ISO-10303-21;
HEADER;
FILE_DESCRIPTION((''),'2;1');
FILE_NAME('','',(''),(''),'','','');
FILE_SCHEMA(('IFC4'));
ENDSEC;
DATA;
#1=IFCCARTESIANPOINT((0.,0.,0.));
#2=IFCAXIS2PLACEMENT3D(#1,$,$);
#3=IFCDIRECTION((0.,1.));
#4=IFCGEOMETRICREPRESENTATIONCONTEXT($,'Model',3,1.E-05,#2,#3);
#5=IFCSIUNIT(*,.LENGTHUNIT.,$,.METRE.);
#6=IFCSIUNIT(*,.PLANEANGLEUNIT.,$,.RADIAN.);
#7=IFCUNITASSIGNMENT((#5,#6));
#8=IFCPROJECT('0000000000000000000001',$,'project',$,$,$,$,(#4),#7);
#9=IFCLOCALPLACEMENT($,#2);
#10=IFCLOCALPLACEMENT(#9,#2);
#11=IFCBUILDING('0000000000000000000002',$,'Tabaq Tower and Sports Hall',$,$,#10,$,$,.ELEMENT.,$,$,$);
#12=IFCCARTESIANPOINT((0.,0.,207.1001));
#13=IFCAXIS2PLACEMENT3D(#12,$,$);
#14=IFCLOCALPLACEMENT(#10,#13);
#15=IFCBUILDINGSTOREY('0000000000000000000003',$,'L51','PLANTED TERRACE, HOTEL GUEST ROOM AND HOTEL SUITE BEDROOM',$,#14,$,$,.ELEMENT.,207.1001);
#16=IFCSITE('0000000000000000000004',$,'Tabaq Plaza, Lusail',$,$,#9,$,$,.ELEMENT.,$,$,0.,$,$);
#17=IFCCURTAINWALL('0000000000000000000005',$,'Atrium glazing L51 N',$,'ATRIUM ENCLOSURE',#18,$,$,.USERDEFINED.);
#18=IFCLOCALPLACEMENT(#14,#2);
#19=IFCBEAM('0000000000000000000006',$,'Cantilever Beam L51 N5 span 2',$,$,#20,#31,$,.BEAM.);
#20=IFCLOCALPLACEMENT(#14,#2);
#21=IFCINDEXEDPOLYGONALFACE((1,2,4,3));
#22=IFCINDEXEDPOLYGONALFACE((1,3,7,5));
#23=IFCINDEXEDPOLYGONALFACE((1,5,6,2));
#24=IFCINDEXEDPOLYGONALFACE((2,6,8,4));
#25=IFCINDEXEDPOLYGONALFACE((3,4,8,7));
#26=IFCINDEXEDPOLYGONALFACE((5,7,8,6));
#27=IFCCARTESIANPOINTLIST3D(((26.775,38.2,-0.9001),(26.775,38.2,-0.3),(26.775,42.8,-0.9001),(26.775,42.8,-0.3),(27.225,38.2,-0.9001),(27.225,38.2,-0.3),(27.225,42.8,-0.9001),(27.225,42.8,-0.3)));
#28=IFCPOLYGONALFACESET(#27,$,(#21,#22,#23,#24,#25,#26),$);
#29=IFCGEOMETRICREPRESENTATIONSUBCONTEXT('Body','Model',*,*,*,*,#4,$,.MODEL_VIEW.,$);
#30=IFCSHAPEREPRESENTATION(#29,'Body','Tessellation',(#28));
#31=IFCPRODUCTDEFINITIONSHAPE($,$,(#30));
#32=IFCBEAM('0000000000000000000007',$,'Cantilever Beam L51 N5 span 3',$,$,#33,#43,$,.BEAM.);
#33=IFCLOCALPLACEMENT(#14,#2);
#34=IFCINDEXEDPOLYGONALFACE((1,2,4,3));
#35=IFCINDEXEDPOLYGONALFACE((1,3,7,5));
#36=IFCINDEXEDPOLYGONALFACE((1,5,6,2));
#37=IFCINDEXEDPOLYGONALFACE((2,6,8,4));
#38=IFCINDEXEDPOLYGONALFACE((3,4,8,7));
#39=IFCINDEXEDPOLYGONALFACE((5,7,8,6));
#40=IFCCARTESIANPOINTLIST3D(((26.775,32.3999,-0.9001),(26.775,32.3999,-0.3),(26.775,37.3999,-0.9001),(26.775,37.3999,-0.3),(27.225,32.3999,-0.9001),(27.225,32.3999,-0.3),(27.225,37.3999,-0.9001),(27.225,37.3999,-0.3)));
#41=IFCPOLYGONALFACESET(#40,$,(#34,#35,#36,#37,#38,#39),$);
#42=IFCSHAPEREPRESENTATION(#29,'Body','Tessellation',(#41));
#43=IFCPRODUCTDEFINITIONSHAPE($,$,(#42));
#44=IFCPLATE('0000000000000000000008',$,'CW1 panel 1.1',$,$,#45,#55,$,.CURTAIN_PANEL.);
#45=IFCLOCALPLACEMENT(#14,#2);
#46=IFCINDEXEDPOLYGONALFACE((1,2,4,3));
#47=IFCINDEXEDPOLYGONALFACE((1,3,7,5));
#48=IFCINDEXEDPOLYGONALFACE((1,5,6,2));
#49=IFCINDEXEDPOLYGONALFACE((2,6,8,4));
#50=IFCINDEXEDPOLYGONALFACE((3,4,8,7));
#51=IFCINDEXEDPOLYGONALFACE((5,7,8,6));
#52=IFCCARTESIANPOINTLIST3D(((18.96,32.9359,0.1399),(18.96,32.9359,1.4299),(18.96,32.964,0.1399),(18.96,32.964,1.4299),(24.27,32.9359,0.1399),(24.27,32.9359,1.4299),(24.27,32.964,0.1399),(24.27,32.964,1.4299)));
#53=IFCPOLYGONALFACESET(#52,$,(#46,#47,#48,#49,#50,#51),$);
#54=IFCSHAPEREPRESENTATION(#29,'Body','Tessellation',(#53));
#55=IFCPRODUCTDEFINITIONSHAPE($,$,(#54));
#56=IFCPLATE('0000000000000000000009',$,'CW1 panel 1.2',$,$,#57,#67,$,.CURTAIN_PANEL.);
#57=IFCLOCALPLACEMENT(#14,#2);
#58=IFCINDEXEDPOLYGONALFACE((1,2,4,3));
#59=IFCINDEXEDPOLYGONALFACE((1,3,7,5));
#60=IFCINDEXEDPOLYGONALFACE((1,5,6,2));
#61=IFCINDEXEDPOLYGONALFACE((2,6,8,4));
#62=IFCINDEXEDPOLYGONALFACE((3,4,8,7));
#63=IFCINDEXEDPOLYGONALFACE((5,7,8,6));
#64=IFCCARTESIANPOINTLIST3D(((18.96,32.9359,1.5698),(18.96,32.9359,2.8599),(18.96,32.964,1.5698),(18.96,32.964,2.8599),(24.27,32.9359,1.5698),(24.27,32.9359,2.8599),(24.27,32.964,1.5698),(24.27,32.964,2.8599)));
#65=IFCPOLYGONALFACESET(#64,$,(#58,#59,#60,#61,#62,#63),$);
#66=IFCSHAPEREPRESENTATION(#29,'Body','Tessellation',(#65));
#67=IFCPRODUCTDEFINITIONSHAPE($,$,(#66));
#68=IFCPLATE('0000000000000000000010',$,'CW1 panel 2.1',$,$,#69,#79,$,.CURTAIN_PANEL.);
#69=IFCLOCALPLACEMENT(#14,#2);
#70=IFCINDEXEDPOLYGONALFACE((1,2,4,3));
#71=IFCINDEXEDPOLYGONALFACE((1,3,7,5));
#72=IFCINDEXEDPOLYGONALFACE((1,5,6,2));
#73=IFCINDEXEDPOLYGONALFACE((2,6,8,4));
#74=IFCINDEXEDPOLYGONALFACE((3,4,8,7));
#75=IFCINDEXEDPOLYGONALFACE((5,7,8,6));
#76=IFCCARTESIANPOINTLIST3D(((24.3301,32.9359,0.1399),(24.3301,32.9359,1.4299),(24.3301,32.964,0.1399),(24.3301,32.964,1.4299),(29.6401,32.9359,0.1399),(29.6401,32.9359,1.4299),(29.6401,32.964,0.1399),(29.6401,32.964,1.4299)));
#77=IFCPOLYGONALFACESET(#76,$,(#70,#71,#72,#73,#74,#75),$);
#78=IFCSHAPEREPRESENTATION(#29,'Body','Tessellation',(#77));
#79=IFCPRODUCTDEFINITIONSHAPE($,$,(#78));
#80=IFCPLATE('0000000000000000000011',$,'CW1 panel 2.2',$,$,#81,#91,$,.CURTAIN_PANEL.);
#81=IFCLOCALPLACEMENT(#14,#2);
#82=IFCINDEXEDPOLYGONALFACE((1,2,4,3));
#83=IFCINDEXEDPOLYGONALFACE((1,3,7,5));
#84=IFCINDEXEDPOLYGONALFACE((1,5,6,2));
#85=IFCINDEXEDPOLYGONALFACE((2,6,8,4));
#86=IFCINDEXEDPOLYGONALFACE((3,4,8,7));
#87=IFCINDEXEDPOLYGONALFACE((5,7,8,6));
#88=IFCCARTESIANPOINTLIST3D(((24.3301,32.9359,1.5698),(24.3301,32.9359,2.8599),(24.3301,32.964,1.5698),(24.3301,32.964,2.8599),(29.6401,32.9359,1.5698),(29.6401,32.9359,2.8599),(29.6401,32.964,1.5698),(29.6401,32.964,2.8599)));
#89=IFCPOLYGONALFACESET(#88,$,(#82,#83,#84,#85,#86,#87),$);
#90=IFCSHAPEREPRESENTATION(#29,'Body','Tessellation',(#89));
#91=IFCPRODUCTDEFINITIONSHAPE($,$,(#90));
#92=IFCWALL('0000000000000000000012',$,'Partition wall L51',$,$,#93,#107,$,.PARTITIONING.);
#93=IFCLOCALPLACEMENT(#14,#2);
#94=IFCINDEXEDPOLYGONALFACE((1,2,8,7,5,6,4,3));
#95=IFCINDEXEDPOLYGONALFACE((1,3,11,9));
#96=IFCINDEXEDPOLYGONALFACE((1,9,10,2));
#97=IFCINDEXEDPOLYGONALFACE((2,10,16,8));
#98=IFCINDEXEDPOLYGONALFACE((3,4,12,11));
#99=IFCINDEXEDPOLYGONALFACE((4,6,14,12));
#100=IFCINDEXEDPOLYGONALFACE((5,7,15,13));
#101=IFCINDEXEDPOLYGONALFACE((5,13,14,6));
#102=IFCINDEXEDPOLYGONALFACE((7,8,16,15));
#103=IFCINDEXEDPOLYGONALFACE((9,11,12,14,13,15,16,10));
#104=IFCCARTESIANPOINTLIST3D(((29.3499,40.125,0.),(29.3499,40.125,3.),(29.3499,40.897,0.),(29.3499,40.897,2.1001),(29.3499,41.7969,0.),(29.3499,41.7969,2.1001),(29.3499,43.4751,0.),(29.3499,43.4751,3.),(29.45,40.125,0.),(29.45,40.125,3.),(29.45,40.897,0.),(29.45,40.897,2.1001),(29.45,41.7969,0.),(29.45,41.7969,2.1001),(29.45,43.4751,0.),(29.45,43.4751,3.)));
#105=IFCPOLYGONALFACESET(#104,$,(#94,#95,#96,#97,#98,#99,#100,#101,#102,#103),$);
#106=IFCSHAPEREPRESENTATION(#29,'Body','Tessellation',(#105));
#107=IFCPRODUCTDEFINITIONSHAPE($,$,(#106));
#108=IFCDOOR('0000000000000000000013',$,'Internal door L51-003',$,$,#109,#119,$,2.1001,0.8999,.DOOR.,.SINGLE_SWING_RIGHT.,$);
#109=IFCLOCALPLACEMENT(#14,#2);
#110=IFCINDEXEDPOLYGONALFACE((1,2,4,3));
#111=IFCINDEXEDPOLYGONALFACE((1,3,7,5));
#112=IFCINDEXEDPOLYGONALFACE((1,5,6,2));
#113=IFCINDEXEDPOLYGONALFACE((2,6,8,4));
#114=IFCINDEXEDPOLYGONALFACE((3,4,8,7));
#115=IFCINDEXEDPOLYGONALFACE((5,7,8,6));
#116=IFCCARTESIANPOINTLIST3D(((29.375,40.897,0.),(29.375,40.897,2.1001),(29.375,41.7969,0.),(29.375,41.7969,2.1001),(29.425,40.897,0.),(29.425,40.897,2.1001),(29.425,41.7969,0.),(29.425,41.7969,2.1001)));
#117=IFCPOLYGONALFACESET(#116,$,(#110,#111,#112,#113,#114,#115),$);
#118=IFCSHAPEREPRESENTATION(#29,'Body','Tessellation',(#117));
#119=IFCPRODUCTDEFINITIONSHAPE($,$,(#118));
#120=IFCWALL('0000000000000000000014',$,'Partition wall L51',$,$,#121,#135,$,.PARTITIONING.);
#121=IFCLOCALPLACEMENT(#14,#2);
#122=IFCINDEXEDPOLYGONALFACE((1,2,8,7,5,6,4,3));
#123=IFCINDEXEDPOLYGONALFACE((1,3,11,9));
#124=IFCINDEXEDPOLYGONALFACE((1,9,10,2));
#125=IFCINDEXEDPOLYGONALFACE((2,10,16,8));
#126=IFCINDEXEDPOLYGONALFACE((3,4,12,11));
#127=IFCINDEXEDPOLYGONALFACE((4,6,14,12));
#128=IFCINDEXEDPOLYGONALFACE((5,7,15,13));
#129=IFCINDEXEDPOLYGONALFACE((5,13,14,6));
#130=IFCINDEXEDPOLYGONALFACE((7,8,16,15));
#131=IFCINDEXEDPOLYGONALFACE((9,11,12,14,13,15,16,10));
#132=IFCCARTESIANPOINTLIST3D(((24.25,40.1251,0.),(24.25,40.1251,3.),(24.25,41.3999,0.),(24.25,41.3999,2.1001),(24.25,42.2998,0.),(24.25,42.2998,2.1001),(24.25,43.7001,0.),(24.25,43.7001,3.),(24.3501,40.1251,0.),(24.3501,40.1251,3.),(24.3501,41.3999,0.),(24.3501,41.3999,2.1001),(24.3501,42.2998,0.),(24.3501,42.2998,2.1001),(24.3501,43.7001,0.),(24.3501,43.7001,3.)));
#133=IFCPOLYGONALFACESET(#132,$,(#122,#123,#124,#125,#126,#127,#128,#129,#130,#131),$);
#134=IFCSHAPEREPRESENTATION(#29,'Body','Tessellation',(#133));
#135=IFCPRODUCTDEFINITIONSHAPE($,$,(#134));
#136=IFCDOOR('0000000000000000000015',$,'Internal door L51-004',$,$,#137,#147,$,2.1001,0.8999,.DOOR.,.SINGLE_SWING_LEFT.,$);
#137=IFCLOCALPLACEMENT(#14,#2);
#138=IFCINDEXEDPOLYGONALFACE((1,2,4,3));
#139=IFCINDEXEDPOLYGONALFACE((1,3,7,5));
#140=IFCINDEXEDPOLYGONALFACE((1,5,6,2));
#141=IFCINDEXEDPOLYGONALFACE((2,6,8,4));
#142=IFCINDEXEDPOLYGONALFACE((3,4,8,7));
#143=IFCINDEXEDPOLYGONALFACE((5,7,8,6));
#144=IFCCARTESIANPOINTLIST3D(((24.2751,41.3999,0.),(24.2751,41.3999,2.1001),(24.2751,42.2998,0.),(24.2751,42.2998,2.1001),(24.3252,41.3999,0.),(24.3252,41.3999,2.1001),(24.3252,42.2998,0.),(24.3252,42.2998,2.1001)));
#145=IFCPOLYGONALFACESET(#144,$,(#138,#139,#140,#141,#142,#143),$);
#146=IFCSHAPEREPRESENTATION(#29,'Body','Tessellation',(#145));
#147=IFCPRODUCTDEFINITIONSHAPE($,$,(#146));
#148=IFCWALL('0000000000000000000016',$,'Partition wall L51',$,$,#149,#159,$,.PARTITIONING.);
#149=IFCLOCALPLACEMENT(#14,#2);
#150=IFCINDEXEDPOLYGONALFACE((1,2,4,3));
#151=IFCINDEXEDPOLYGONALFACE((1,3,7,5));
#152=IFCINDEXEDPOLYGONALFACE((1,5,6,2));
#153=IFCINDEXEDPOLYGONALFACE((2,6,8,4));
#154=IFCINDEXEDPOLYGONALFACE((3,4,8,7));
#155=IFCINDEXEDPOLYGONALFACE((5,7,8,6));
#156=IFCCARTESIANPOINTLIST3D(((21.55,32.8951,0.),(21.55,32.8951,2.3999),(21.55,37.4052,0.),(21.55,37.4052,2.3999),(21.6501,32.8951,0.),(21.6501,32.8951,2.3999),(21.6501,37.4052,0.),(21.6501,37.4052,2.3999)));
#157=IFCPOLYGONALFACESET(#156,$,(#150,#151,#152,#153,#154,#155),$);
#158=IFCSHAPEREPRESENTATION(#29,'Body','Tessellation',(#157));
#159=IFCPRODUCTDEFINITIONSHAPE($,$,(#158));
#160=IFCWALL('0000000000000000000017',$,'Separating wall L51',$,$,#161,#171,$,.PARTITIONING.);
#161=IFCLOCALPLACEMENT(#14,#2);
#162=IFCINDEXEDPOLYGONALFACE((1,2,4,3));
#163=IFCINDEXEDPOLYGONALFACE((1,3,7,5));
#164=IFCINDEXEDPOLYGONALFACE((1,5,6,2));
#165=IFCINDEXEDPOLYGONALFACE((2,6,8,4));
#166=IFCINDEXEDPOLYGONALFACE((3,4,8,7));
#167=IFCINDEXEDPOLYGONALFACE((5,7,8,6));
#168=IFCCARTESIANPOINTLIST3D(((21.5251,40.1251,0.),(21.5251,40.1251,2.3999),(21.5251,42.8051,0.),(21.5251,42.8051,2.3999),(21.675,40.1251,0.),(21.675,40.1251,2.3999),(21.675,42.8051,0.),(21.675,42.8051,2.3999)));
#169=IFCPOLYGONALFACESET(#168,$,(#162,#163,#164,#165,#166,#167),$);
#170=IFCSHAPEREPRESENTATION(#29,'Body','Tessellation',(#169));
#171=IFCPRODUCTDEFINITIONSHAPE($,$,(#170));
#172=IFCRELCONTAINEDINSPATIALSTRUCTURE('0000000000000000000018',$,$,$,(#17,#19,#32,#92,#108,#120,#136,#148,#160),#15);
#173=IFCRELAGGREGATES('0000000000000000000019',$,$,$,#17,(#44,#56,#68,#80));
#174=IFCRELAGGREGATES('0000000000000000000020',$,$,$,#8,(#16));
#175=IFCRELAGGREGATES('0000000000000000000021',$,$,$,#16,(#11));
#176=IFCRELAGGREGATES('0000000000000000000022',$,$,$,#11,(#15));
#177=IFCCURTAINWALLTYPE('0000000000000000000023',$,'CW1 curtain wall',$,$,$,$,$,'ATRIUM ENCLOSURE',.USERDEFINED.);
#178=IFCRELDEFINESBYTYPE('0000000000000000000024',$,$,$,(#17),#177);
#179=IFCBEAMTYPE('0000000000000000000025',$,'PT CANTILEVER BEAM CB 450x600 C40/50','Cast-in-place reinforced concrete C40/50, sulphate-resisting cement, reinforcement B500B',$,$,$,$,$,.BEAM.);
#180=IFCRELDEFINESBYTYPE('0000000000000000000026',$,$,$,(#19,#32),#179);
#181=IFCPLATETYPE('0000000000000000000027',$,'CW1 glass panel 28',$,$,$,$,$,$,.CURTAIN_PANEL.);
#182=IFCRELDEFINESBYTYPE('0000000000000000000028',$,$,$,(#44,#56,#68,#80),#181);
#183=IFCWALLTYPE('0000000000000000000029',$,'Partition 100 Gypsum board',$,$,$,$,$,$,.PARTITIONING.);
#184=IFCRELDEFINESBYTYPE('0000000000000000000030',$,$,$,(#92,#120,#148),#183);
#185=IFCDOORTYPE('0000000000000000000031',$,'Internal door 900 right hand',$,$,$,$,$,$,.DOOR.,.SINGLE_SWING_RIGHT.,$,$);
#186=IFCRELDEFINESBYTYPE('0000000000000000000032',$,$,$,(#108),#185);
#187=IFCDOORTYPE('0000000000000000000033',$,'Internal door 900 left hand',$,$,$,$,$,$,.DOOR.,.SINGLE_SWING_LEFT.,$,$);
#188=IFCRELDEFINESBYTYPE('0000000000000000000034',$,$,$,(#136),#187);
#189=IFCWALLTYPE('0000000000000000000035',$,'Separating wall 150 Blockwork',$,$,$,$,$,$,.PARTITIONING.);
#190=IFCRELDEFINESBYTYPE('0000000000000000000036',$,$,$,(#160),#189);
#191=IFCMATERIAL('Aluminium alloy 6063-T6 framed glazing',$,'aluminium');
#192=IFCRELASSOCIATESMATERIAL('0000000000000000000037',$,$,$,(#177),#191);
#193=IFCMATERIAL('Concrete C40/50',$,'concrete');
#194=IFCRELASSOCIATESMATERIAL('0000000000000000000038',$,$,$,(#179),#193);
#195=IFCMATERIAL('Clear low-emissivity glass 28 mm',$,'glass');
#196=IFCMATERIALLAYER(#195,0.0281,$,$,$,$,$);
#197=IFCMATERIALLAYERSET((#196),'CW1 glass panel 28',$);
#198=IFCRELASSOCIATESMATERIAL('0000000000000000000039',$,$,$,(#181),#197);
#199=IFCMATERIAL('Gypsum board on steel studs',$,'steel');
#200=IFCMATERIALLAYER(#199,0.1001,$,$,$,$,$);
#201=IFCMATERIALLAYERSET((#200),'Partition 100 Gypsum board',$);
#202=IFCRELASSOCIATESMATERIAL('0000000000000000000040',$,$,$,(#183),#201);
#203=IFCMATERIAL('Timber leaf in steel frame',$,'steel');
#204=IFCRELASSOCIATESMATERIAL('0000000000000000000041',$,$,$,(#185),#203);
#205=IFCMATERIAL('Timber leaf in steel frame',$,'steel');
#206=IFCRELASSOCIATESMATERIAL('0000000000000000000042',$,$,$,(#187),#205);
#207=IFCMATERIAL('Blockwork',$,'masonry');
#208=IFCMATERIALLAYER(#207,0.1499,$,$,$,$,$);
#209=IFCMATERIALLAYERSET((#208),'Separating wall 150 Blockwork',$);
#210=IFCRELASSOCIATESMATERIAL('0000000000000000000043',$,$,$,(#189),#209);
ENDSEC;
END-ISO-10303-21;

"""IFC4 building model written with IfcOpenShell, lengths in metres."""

from ifc_helpers import new_model, si_unit, direction, frame, frame_2d, origin, origin_2d, place, context, subcontext, project, spatial, rectangle, extrude, material, layer, layer_set, material_profile, profile_set, type_object, element, fill, aggregate, save


model = new_model("IFC4")

# Units and contexts
model_context = context("Model", 3, precision=1e-05, world=origin(), true_north=direction((0.0, 1.0)))
body_context = subcontext(model_context, "Body", "Model", "MODEL_VIEW")
ifc_project = project(units=[si_unit("LENGTHUNIT", "METRE"), si_unit("PLANEANGLEUNIT", "RADIAN")], contexts=[model_context])

# Site, building, storey
site_placement = place(None, origin())
site = spatial("IfcSite", under=ifc_project, at=site_placement, Name="Tabaq Plaza, Lusail", CompositionType="ELEMENT", RefElevation=0.0)
building_placement = place(site_placement, origin())
building = spatial("IfcBuilding", under=site, at=building_placement, Name="Tabaq Tower and Sports Hall", CompositionType="ELEMENT")
storey_placement = place(building_placement, frame((0.0, 0.0, 207.1001)))
storey = spatial("IfcBuildingStorey", under=building, at=storey_placement, Name="L51", Description="PLANTED TERRACE, HOTEL GUEST ROOM AND HOTEL SUITE BEDROOM", CompositionType="ELEMENT", Elevation=207.1001)

# Curtain wall
ifc_material_1 = material(Name="Aluminium alloy 6063-T6 framed glazing", Category="aluminium")
curtain_wall_type = type_object("IfcCurtainWallType", Name="CW1 curtain wall", ElementType="ATRIUM ENCLOSURE", PredefinedType="USERDEFINED", material=ifc_material_1)
curtain_wall_placement = place(storey_placement, origin())
curtain_wall = element("IfcCurtainWall", 1, at=curtain_wall_placement, inside=storey, type_object=curtain_wall_type, Name="Atrium glazing L51 N", ObjectType="ATRIUM ENCLOSURE", PredefinedType="USERDEFINED")

# Beams
ifc_material_2 = material(Name="Concrete C40/50", Category="concrete")
ifc_material_profile_1 = material_profile(ifc_material_2, rectangle(XDim=0.45, YDim=0.6001, at=origin_2d()), Name="CB 450x600")
ifc_profile_set_1 = profile_set([ifc_material_profile_1], Name="Concrete C40/50")
beam_type = type_object("IfcBeamType", Name="PT CANTILEVER BEAM CB 450x600 C40/50", Description="Cast-in-place reinforced concrete C40/50, sulphate-resisting cement, reinforcement B500B", PredefinedType="BEAM", material=ifc_profile_set_1)
beam_1_placement = place(storey_placement, frame((27.0, 42.8, -0.6001), z_axis=(0.0, -1.0, 0.0), x_axis=(1.0, 0.0, 0.0)))
element("IfcBeam", 2, at=beam_1_placement, inside=storey, type_object=beam_type, Name="Cantilever Beam L51 N5 span 2", PredefinedType="BEAM", context=body_context, shape_type="SweptSolid", body=[
    extrude(rectangle(XDim=0.45, YDim=0.6001, at=origin_2d()), origin(), (0.0, 0.0, 1.0), 4.6001),
])
beam_2_placement = place(storey_placement, frame((27.0, 37.3999, -0.6001), z_axis=(0.0, -1.0, 0.0), x_axis=(1.0, 0.0, 0.0)))
element("IfcBeam", 3, at=beam_2_placement, inside=storey, type_object=beam_type, Name="Cantilever Beam L51 N5 span 3", PredefinedType="BEAM", context=body_context, shape_type="SweptSolid", body=[
    extrude(rectangle(XDim=0.45, YDim=0.6001, at=origin_2d()), origin(), (0.0, 0.0, 1.0), 5.0),
])

# Plates
ifc_material_3 = material(Name="Clear low-emissivity glass 28 mm", Category="glass")
ifc_layer_1 = layer(ifc_material_3, 0.0281)
ifc_layer_set_1 = layer_set([ifc_layer_1], Name="CW1 glass panel 28")
plate_type = type_object("IfcPlateType", Name="CW1 glass panel 28", PredefinedType="CURTAIN_PANEL", material=ifc_layer_set_1)
plate_1_placement = place(storey_placement, frame((21.615, 32.95, 0.1399), z_axis=(0.0, 0.0, 1.0), x_axis=(1.0, 0.0, 0.0)))
plate_1 = element("IfcPlate", 4, at=plate_1_placement, type_object=plate_type, Name="CW1 panel 1.1", PredefinedType="CURTAIN_PANEL", context=body_context, shape_type="SweptSolid", body=[
    extrude(rectangle(XDim=5.3101, YDim=0.0281, at=origin_2d()), origin(), (0.0, 0.0, 1.0), 1.29),
])
plate_2_placement = place(storey_placement, frame((21.615, 32.95, 1.5698), z_axis=(0.0, 0.0, 1.0), x_axis=(1.0, 0.0, 0.0)))
plate_2 = element("IfcPlate", 5, at=plate_2_placement, type_object=plate_type, Name="CW1 panel 1.2", PredefinedType="CURTAIN_PANEL", context=body_context, shape_type="SweptSolid", body=[
    extrude(rectangle(XDim=5.3101, YDim=0.0281, at=origin_2d()), origin(), (0.0, 0.0, 1.0), 1.29),
])
plate_3_placement = place(storey_placement, frame((26.9851, 32.95, 0.1399), z_axis=(0.0, 0.0, 1.0), x_axis=(1.0, 0.0, 0.0)))
plate_3 = element("IfcPlate", 6, at=plate_3_placement, type_object=plate_type, Name="CW1 panel 2.1", PredefinedType="CURTAIN_PANEL", context=body_context, shape_type="SweptSolid", body=[
    extrude(rectangle(XDim=5.3101, YDim=0.0281, at=origin_2d()), origin(), (0.0, 0.0, 1.0), 1.29),
])
plate_4_placement = place(storey_placement, frame((26.9851, 32.95, 1.5698), z_axis=(0.0, 0.0, 1.0), x_axis=(1.0, 0.0, 0.0)))
plate_4 = element("IfcPlate", 7, at=plate_4_placement, type_object=plate_type, Name="CW1 panel 2.2", PredefinedType="CURTAIN_PANEL", context=body_context, shape_type="SweptSolid", body=[
    extrude(rectangle(XDim=5.3101, YDim=0.0281, at=origin_2d()), origin(), (0.0, 0.0, 1.0), 1.29),
])
aggregate(curtain_wall, [plate_1, plate_2, plate_3, plate_4])

# Walls, openings, doors
ifc_material_4 = material(Name="Gypsum board on steel studs", Category="steel")
ifc_layer_2 = layer(ifc_material_4, 0.1001)
ifc_layer_set_2 = layer_set([ifc_layer_2], Name="Partition 100 Gypsum board")
wall_type_1 = type_object("IfcWallType", Name="Partition 100 Gypsum board", PredefinedType="PARTITIONING", material=ifc_layer_set_2)
wall_1_placement = place(storey_placement, frame((29.3999, 40.125, 0.0), z_axis=(0.0, 0.0, 1.0), x_axis=(0.0, 1.0, 0.0)))
wall_1 = element("IfcWall", 8, at=wall_1_placement, inside=storey, type_object=wall_type_1, Name="Partition wall L51", PredefinedType="PARTITIONING", context=body_context, shape_type="SweptSolid", body=[
    extrude(rectangle(XDim=3.3501, YDim=0.1001, at=frame_2d((1.675, 0.0))), origin(), (0.0, 0.0, 1.0), 3.0),
])
opening_1_placement = place(wall_1_placement, frame((0.772, 0.0, 0.0)))
opening_1 = element("IfcOpeningElement", 9, at=opening_1_placement, cuts=wall_1, PredefinedType="OPENING", context=body_context, shape_type="SweptSolid", body=[
    extrude(rectangle(XDim=0.8999, YDim=2.1001, at=frame_2d((0.45, 1.05))), frame((0.0, 0.05, 0.0), z_axis=(0.0, -1.0, 0.0), x_axis=(1.0, 0.0, 0.0)), (0.0, 0.0, 1.0), 0.1001),
])
ifc_material_5 = material(Name="Timber leaf in steel frame", Category="steel")
door_type_1 = type_object("IfcDoorType", Name="Internal door 900 right hand", OperationType="SINGLE_SWING_RIGHT", PredefinedType="DOOR", material=ifc_material_5)
door_1_placement = place(opening_1_placement, origin())
door_1 = element("IfcDoor", 10, at=door_1_placement, inside=storey, type_object=door_type_1, Name="Internal door L51-003", OperationType="SINGLE_SWING_RIGHT", OverallHeight=2.1001, OverallWidth=0.8999, PredefinedType="DOOR", context=body_context, shape_type="SweptSolid", body=[
    extrude(rectangle(XDim=0.8999, YDim=2.1001, at=frame_2d((0.45, 1.05))), frame((0.0, 0.0249, 0.0), z_axis=(0.0, -1.0, 0.0), x_axis=(1.0, 0.0, 0.0)), (0.0, 0.0, 1.0), 0.05),
])
fill(opening_1, door_1)
wall_2_placement = place(storey_placement, frame((24.3, 40.125, 0.0), z_axis=(0.0, 0.0, 1.0), x_axis=(0.0, 1.0, 0.0)))
wall_2 = element("IfcWall", 11, at=wall_2_placement, inside=storey, type_object=wall_type_1, Name="Partition wall L51", PredefinedType="PARTITIONING", context=body_context, shape_type="SweptSolid", body=[
    extrude(rectangle(XDim=3.575, YDim=0.1001, at=frame_2d((1.7876, 0.0))), origin(), (0.0, 0.0, 1.0), 3.0),
])
opening_2_placement = place(wall_2_placement, frame((1.2749, 0.0, 0.0)))
opening_2 = element("IfcOpeningElement", 12, at=opening_2_placement, cuts=wall_2, PredefinedType="OPENING", context=body_context, shape_type="SweptSolid", body=[
    extrude(rectangle(XDim=0.8999, YDim=2.1001, at=frame_2d((0.45, 1.05))), frame((0.0, 0.05, 0.0), z_axis=(0.0, -1.0, 0.0), x_axis=(1.0, 0.0, 0.0)), (0.0, 0.0, 1.0), 0.1001),
])
ifc_material_6 = material(Name="Timber leaf in steel frame", Category="steel")
door_type_2 = type_object("IfcDoorType", Name="Internal door 900 left hand", OperationType="SINGLE_SWING_LEFT", PredefinedType="DOOR", material=ifc_material_6)
door_2_placement = place(opening_2_placement, origin())
door_2 = element("IfcDoor", 13, at=door_2_placement, inside=storey, type_object=door_type_2, Name="Internal door L51-004", OperationType="SINGLE_SWING_LEFT", OverallHeight=2.1001, OverallWidth=0.8999, PredefinedType="DOOR", context=body_context, shape_type="SweptSolid", body=[
    extrude(rectangle(XDim=0.8999, YDim=2.1001, at=frame_2d((0.45, 1.05))), frame((0.0, 0.0249, 0.0), z_axis=(0.0, -1.0, 0.0), x_axis=(1.0, 0.0, 0.0)), (0.0, 0.0, 1.0), 0.05),
])
fill(opening_2, door_2)

# Walls
wall_3_placement = place(storey_placement, frame((21.6001, 37.405, 0.0), z_axis=(0.0, 0.0, 1.0), x_axis=(0.0, -1.0, 0.0)))
element("IfcWall", 14, at=wall_3_placement, inside=storey, type_object=wall_type_1, Name="Partition wall L51", PredefinedType="PARTITIONING", context=body_context, shape_type="SweptSolid", body=[
    extrude(rectangle(XDim=4.51, YDim=0.1001, at=frame_2d((2.2549, 0.0))), origin(), (0.0, 0.0, 1.0), 2.3999),
])
ifc_material_7 = material(Name="Blockwork", Category="masonry")
ifc_layer_3 = layer(ifc_material_7, 0.1499)
ifc_layer_set_3 = layer_set([ifc_layer_3], Name="Separating wall 150 Blockwork")
wall_type_2 = type_object("IfcWallType", Name="Separating wall 150 Blockwork", PredefinedType="PARTITIONING", material=ifc_layer_set_3)
wall_4_placement = place(storey_placement, frame((21.6001, 42.8049, 0.0), z_axis=(0.0, 0.0, 1.0), x_axis=(0.0, -1.0, 0.0)))
element("IfcWall", 15, at=wall_4_placement, inside=storey, type_object=wall_type_2, Name="Separating wall L51", PredefinedType="PARTITIONING", context=body_context, shape_type="SweptSolid", body=[
    extrude(rectangle(XDim=2.6799, YDim=0.1499, at=frame_2d((1.3398, 0.0))), origin(), (0.0, 0.0, 1.0), 2.3999),
])

save(model, "model.ifc")
